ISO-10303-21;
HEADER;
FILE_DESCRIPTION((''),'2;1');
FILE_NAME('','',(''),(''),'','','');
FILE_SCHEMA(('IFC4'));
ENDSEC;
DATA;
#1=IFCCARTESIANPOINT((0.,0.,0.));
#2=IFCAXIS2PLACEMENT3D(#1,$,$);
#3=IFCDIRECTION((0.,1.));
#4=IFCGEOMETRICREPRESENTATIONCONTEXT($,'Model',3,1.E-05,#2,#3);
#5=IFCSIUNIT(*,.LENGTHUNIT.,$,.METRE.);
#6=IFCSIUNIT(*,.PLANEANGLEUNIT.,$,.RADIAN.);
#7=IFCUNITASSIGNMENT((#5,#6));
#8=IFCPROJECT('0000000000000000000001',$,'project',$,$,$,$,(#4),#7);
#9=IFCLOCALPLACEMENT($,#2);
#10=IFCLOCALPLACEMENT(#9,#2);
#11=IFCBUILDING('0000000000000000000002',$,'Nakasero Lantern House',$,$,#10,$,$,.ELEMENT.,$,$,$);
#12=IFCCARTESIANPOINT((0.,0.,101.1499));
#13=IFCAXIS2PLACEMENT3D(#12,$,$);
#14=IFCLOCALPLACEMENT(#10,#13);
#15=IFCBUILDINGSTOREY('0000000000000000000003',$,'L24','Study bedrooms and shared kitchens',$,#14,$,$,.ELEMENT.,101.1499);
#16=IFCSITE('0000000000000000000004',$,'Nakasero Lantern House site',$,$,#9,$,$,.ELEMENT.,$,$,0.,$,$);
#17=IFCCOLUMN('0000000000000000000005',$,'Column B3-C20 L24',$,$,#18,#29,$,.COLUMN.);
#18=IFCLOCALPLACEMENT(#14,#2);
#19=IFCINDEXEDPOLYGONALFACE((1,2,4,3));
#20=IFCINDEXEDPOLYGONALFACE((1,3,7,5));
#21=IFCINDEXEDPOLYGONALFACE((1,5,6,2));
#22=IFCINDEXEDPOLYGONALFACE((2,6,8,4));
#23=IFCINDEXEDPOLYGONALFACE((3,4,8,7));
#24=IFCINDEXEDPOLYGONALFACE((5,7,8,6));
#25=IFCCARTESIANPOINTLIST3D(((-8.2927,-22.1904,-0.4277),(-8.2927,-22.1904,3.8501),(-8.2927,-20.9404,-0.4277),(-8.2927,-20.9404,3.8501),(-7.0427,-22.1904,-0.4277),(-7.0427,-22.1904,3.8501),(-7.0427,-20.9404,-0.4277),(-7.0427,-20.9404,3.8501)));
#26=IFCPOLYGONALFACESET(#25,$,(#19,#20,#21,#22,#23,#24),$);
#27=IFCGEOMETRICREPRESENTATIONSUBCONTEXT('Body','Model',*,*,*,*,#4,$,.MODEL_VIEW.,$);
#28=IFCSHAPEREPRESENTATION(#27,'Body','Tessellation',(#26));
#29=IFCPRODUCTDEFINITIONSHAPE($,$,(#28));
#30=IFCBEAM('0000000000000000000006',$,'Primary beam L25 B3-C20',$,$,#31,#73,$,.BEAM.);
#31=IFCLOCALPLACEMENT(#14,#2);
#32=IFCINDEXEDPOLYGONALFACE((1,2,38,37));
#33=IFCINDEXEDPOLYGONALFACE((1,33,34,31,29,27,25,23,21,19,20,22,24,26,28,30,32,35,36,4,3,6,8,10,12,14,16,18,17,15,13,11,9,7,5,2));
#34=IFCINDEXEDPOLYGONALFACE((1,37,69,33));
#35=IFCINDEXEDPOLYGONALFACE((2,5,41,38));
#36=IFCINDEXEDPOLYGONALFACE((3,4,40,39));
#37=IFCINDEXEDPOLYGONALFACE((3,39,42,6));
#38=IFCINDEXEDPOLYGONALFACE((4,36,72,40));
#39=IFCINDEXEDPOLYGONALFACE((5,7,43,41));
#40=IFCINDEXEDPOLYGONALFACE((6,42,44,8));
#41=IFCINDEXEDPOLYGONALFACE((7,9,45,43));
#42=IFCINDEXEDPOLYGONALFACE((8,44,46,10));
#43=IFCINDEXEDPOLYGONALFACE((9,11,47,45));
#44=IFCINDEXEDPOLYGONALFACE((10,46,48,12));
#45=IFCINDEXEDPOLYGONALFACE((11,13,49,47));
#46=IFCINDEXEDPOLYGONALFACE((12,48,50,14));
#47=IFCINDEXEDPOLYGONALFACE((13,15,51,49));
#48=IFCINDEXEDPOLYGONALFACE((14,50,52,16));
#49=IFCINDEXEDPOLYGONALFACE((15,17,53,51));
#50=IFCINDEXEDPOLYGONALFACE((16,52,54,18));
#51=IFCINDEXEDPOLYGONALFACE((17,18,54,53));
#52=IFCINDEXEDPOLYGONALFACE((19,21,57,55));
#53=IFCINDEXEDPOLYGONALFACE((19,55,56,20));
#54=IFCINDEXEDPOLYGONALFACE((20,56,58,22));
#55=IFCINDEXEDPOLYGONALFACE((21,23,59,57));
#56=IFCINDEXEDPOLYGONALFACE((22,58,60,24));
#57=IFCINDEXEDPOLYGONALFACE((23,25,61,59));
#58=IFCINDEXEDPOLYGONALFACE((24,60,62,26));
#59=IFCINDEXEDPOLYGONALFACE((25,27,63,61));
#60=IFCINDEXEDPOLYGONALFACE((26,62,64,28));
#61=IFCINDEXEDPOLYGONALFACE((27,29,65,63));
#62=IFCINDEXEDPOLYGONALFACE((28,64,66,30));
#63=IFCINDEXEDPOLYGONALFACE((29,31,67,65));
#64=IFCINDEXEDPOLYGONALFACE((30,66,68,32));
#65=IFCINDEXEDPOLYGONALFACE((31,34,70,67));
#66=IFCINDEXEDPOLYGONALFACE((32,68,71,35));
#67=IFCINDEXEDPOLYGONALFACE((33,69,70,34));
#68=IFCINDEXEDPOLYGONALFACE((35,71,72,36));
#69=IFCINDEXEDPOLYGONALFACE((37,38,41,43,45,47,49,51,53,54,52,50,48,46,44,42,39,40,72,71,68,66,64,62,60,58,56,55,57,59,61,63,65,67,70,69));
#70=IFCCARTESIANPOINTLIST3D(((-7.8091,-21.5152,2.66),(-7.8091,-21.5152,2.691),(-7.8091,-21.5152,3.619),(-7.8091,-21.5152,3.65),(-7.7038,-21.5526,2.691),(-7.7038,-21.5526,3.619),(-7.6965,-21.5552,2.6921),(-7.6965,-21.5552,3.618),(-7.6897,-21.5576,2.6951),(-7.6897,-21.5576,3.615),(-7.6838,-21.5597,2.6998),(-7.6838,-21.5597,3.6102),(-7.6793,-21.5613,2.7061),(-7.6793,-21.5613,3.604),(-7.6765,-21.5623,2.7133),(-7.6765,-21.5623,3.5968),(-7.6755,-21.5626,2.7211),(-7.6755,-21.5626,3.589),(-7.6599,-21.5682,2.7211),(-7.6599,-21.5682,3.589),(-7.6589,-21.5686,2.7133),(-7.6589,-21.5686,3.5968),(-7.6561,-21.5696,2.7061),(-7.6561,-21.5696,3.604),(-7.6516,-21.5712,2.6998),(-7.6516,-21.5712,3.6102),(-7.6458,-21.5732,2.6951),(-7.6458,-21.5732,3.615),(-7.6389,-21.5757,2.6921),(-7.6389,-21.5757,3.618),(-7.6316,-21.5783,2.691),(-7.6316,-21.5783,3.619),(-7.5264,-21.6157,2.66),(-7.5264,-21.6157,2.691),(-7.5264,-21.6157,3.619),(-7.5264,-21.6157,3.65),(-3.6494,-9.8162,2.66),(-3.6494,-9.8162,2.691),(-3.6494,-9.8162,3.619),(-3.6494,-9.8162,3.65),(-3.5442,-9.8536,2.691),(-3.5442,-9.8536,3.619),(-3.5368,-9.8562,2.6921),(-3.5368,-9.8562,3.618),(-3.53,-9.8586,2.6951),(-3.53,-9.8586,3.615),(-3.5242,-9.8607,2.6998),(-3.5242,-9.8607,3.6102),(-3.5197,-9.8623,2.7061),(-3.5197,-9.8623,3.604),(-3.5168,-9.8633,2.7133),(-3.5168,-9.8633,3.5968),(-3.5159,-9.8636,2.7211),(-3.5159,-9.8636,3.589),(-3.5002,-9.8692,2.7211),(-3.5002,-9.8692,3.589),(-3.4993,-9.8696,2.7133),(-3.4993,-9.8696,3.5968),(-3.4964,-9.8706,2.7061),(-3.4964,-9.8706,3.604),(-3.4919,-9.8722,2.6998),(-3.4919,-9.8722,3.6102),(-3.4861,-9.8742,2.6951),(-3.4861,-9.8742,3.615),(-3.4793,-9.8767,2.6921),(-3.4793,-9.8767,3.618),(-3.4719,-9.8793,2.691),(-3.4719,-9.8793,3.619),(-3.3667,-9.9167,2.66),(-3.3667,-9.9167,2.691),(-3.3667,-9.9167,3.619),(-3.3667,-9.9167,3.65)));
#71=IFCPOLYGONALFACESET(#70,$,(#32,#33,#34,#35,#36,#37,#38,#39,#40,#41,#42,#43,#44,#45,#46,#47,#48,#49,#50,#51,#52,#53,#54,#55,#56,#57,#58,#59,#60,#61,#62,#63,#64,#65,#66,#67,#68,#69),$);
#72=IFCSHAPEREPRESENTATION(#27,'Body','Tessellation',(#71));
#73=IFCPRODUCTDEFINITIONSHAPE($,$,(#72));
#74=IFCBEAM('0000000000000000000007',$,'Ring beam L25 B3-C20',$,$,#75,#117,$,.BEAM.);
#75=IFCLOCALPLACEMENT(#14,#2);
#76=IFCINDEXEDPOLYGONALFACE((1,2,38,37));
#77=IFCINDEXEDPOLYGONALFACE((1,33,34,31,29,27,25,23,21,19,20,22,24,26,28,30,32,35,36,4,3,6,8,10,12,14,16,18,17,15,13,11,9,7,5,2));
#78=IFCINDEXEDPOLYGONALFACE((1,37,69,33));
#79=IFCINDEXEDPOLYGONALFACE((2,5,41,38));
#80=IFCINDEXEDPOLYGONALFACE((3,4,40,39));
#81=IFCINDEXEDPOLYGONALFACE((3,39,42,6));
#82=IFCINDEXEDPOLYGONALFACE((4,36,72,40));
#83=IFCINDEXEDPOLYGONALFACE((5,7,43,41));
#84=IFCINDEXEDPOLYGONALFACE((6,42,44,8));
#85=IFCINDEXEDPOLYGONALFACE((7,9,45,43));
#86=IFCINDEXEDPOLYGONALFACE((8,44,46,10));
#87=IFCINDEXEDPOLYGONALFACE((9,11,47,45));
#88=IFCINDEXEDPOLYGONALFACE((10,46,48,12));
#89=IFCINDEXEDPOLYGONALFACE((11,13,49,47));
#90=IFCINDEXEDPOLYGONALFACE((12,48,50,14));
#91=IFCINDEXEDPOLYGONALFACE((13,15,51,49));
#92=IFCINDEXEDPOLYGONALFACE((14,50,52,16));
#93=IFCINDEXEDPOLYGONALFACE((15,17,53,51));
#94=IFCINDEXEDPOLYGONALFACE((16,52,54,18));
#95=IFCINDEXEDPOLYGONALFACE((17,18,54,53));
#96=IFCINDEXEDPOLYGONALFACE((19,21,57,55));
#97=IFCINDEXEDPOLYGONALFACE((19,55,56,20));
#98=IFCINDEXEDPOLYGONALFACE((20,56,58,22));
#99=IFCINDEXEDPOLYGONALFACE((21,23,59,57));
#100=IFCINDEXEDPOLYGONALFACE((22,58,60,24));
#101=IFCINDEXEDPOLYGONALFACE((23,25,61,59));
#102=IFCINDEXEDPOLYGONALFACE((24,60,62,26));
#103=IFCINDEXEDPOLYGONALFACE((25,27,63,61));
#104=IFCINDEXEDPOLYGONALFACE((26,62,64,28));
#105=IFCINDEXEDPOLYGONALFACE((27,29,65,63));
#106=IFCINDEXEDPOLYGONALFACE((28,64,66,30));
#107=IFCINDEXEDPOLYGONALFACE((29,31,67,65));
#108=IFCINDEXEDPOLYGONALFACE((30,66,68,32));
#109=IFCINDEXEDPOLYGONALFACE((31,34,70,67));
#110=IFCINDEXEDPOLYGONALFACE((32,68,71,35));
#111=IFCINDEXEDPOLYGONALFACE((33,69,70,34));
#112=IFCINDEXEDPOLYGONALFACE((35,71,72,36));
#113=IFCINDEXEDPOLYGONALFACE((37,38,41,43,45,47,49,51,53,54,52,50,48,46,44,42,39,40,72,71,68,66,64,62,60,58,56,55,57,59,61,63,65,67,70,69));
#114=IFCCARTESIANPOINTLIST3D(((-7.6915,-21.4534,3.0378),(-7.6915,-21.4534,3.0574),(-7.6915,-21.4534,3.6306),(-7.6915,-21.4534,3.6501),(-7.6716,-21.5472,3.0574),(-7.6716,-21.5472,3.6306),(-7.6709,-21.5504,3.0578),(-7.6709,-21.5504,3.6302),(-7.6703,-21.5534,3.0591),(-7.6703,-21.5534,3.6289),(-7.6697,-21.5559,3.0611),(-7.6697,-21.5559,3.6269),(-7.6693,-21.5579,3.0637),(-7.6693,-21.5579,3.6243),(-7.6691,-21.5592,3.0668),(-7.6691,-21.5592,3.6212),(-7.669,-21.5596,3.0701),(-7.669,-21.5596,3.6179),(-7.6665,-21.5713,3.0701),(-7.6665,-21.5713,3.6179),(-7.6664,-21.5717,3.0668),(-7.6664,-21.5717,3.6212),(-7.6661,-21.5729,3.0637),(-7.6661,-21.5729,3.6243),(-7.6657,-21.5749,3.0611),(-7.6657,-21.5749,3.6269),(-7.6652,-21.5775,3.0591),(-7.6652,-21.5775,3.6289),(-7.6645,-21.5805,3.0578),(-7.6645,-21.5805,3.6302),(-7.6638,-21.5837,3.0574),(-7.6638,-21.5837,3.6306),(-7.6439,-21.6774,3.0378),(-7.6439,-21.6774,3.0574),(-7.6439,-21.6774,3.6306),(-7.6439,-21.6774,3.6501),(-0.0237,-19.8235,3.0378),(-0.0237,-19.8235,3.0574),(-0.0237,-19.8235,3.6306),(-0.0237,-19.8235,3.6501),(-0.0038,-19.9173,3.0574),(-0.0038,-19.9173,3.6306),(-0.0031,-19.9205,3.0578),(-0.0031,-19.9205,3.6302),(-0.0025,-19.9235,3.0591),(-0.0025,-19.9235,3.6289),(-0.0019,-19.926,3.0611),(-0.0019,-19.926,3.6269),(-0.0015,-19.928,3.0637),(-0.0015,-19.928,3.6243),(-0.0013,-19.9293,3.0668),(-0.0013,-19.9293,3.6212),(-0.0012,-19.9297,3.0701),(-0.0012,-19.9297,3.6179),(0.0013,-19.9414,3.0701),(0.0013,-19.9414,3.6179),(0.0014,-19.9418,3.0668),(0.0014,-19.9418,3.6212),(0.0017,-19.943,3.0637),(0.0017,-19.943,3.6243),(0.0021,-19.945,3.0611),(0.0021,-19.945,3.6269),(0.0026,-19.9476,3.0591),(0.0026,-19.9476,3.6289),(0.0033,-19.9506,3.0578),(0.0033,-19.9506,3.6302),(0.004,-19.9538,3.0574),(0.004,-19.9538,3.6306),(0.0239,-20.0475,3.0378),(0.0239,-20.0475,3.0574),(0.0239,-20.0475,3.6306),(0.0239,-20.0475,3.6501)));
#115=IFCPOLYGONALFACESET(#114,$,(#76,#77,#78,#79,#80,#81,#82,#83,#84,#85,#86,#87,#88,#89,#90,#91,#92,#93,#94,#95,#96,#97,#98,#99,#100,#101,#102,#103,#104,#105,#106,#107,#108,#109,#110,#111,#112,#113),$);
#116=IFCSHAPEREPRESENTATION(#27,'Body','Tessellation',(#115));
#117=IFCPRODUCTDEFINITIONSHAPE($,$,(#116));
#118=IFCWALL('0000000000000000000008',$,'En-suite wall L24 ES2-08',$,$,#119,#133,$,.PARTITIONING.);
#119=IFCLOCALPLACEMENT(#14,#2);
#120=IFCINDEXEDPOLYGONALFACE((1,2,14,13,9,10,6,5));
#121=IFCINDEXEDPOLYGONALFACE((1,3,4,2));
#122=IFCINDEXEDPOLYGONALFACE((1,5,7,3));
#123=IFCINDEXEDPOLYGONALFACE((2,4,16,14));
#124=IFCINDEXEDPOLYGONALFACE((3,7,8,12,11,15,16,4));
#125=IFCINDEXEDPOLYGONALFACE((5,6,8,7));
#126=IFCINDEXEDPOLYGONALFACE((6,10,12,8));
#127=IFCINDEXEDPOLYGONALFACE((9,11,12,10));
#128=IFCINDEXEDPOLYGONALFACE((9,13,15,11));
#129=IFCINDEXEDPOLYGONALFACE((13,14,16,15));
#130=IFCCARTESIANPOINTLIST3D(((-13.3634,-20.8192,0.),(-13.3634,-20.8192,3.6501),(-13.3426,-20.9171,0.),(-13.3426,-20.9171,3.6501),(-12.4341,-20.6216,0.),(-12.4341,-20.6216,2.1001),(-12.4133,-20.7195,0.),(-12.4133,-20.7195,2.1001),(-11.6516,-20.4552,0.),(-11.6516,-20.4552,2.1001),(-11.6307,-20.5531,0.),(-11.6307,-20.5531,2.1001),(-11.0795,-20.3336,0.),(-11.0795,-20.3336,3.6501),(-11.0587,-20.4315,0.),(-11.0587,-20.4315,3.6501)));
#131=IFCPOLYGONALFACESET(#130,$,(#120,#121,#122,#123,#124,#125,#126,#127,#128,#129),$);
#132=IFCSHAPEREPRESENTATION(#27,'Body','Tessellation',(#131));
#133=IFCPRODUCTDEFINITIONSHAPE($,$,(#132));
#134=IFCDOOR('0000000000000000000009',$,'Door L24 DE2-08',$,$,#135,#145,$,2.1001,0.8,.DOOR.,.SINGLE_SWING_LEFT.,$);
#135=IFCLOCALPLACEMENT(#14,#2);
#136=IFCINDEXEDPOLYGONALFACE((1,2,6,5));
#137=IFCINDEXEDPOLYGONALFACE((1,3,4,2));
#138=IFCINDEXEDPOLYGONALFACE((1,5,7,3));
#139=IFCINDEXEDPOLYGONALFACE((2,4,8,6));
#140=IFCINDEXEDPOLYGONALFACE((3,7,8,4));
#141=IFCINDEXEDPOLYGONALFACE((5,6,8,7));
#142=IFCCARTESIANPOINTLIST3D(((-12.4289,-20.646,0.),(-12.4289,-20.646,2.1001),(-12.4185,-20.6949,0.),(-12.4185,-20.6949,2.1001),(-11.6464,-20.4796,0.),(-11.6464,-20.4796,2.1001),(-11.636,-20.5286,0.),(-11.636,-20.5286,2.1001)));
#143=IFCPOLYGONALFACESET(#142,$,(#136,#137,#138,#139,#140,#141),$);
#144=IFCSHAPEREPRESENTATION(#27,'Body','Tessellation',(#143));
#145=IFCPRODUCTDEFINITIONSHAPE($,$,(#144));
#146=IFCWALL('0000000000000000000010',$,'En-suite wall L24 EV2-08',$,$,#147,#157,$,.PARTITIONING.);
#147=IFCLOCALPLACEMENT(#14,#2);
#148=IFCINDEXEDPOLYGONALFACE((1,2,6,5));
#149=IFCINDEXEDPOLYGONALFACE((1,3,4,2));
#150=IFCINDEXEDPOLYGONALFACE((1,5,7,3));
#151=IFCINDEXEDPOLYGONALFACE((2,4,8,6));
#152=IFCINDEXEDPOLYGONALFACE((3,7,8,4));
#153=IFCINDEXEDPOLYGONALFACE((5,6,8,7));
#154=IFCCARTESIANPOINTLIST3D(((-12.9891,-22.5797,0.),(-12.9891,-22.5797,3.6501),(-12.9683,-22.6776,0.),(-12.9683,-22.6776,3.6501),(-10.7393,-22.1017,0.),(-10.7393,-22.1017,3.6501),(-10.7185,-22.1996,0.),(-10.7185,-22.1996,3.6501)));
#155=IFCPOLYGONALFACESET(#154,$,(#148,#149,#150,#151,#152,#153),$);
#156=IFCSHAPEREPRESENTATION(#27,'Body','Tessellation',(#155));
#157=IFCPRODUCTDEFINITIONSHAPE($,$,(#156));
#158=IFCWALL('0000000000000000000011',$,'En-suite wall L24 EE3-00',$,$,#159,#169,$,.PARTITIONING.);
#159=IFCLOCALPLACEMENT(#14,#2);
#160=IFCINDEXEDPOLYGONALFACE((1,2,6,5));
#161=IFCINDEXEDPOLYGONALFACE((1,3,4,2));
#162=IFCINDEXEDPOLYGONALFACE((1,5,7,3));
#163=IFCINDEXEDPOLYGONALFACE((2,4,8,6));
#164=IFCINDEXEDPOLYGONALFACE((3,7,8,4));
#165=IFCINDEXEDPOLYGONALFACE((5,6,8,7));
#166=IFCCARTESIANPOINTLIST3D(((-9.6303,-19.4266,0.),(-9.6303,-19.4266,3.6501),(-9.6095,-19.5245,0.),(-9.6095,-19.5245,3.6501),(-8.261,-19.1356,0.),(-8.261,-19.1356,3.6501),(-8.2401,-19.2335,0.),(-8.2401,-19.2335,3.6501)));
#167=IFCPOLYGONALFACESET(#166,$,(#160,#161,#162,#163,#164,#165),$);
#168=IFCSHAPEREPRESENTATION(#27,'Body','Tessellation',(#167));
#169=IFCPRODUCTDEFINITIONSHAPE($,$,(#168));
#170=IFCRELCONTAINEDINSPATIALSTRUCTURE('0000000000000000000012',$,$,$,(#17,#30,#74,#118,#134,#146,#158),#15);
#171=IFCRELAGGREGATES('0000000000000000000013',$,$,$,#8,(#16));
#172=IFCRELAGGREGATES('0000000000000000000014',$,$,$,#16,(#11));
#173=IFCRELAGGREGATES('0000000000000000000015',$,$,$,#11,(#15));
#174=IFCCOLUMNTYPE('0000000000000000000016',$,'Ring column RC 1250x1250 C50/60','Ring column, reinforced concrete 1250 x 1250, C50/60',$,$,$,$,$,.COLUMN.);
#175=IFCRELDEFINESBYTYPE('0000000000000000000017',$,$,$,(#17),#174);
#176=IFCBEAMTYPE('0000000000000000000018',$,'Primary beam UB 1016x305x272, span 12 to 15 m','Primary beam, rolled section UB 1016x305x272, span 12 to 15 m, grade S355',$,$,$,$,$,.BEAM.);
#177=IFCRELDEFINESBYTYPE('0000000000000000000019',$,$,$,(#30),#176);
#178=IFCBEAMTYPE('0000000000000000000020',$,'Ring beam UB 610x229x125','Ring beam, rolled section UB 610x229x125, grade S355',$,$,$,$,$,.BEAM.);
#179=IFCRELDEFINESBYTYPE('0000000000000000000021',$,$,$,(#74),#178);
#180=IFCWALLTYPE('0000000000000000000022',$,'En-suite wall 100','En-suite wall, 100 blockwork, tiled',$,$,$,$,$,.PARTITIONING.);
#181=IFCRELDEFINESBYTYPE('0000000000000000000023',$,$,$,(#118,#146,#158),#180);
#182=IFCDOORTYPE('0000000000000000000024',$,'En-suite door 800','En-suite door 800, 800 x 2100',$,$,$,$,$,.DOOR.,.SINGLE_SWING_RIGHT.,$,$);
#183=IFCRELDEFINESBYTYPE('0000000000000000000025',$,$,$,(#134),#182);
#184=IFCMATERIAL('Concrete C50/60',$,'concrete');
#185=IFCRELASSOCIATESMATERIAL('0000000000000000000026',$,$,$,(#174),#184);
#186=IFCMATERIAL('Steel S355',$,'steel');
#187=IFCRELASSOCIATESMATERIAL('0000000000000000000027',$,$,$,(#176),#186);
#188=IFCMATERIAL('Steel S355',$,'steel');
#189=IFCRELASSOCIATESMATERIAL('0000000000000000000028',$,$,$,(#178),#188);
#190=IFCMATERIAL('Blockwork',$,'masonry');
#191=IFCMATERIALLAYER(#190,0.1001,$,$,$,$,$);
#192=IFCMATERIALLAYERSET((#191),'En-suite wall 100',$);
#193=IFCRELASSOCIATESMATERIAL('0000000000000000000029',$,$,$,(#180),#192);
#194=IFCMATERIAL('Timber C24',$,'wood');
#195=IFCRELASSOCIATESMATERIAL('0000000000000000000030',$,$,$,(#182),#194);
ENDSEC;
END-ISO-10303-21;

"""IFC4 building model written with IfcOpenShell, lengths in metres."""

from ifc_helpers import new_model, si_unit, direction, frame, frame_2d, origin, origin_2d, place, context, subcontext, project, spatial, rectangle, i_section, extrude, material, layer, layer_set, material_profile, profile_set, type_object, element, fill, save


model = new_model("IFC4")

# Units and contexts
model_context = context("Model", 3, precision=1e-05, world=origin(), true_north=direction((0.0, 1.0)))
body_context = subcontext(model_context, "Body", "Model", "MODEL_VIEW")
ifc_project = project(units=[si_unit("LENGTHUNIT", "METRE"), si_unit("PLANEANGLEUNIT", "RADIAN")], contexts=[model_context])

# Site, building, storey
site_placement = place(None, origin())
site = spatial("IfcSite", under=ifc_project, at=site_placement, Name="Nakasero Lantern House site", CompositionType="ELEMENT", RefElevation=0.0)
building_placement = place(site_placement, origin())
building = spatial("IfcBuilding", under=site, at=building_placement, Name="Nakasero Lantern House", CompositionType="ELEMENT")
storey_placement = place(building_placement, frame((0.0, 0.0, 101.1499)))
storey = spatial("IfcBuildingStorey", under=building, at=storey_placement, Name="L24", Description="Study bedrooms and shared kitchens", CompositionType="ELEMENT", Elevation=101.1499)

# Column
ifc_material_1 = material(Name="Concrete C50/60", Category="concrete")
ifc_material_profile_1 = material_profile(ifc_material_1, rectangle(XDim=1.25, YDim=1.25, at=origin_2d()), Name="RC 1250x1250")
ifc_profile_set_1 = profile_set([ifc_material_profile_1], Name="Concrete C50/60")
column_type = type_object("IfcColumnType", Name="Ring column RC 1250x1250 C50/60", Description="Ring column, reinforced concrete 1250 x 1250, C50/60", PredefinedType="COLUMN", material=ifc_profile_set_1)
column_placement = place(storey_placement, frame((-7.6677, -21.5654, -0.4277), z_axis=(0.0, 0.0, 1.0), x_axis=(1.0, 0.0, 0.0)))
element("IfcColumn", 1, at=column_placement, inside=storey, type_object=column_type, Name="Column B3-C20 L24", PredefinedType="COLUMN", context=body_context, shape_type="SweptSolid", body=[
    extrude(rectangle(XDim=1.25, YDim=1.25, at=origin_2d()), origin(), (0.0, 0.0, 1.0), 4.2778),
])

# Beams
ifc_material_2 = material(Name="Steel S355", Category="steel")
ifc_material_profile_2 = material_profile(ifc_material_2, i_section(OverallWidth=0.3, OverallDepth=0.99, WebThickness=0.0166, FlangeThickness=0.031, FilletRadius=0.03, at=origin_2d()), Name="UB 1016x305x272")
ifc_profile_set_2 = profile_set([ifc_material_profile_2], Name="Steel S355")
beam_type_1 = type_object("IfcBeamType", Name="Primary beam UB 1016x305x272, span 12 to 15 m", Description="Primary beam, rolled section UB 1016x305x272, span 12 to 15 m, grade S355", PredefinedType="BEAM", material=ifc_profile_set_2)
beam_1_placement = place(storey_placement, frame((-7.6677, -21.5654, 3.155), z_axis=(0.335012, 0.942214, 0.0), x_axis=(-0.942214, 0.335012, 0.0)))
element("IfcBeam", 2, at=beam_1_placement, inside=storey, type_object=beam_type_1, Name="Primary beam L25 B3-C20", PredefinedType="BEAM", context=body_context, shape_type="SweptSolid", body=[
    extrude(i_section(OverallWidth=0.3, OverallDepth=0.99, WebThickness=0.0166, FlangeThickness=0.031, FilletRadius=0.03, at=origin_2d()), origin(), (0.0, 0.0, 1.0), 12.4165),
])
ifc_material_3 = material(Name="Steel S355", Category="steel")
ifc_material_profile_3 = material_profile(ifc_material_3, i_section(OverallWidth=0.229, OverallDepth=0.6123, WebThickness=0.012, FlangeThickness=0.0195, FilletRadius=0.0127, at=origin_2d()), Name="UB 610x229x125")
ifc_profile_set_3 = profile_set([ifc_material_profile_3], Name="Steel S355")
beam_type_2 = type_object("IfcBeamType", Name="Ring beam UB 610x229x125", Description="Ring beam, rolled section UB 610x229x125, grade S355", PredefinedType="BEAM", material=ifc_profile_set_3)
beam_2_placement = place(storey_placement, frame((-7.6677, -21.5654, 3.344), z_axis=(0.978146, 0.207919, 0.0), x_axis=(-0.207919, 0.978146, 0.0)))
element("IfcBeam", 3, at=beam_2_placement, inside=storey, type_object=beam_type_2, Name="Ring beam L25 B3-C20", PredefinedType="BEAM", context=body_context, shape_type="SweptSolid", body=[
    extrude(i_section(OverallWidth=0.229, OverallDepth=0.6123, WebThickness=0.012, FlangeThickness=0.0195, FilletRadius=0.0127, at=origin_2d()), origin(), (0.0, 0.0, 1.0), 7.8391),
])

# Wall, opening, door
ifc_material_4 = material(Name="Blockwork", Category="masonry")
ifc_layer_1 = layer(ifc_material_4, 0.1001)
ifc_layer_set_1 = layer_set([ifc_layer_1], Name="En-suite wall 100")
wall_type_1 = type_object("IfcWallType", Name="En-suite wall 100", Description="En-suite wall, 100 blockwork, tiled", PredefinedType="PARTITIONING", material=ifc_layer_set_1)
wall_1_placement = place(storey_placement, frame((-11.0691, -20.3826, 0.0), z_axis=(0.0, 0.0, 1.0), x_axis=(-0.978136, -0.207965, 0.0)))
wall_1 = element("IfcWall", 4, at=wall_1_placement, inside=storey, type_object=wall_type_1, Name="En-suite wall L24 ES2-08", PredefinedType="PARTITIONING", context=body_context, shape_type="SweptSolid", body=[
    extrude(rectangle(XDim=2.335, YDim=0.1001, at=frame_2d((1.1675, 0.0))), origin(), (0.0, 0.0, 1.0), 3.6501),
])
opening_1_placement = place(wall_1_placement, frame((0.585, 0.0, 0.0)))
opening_1 = element("IfcOpeningElement", 5, at=opening_1_placement, cuts=wall_1, PredefinedType="OPENING", context=body_context, shape_type="SweptSolid", body=[
    extrude(rectangle(XDim=0.8, YDim=2.1001, at=frame_2d((0.3999, 1.05))), frame((0.0, 0.0701, 0.0), z_axis=(0.0, -1.0, 0.0), x_axis=(1.0, 0.0, 0.0)), (0.0, 0.0, 1.0), 0.1401),
])
ifc_material_5 = material(Name="Timber C24", Category="wood")
door_type_1 = type_object("IfcDoorType", Name="En-suite door 800", Description="En-suite door 800, 800 x 2100", OperationType="SINGLE_SWING_RIGHT", PredefinedType="DOOR", material=ifc_material_5)
door_1_placement = place(opening_1_placement, origin())
door_1 = element("IfcDoor", 6, at=door_1_placement, inside=storey, type_object=door_type_1, Name="Door L24 DE2-08", OperationType="SINGLE_SWING_LEFT", OverallHeight=2.1001, OverallWidth=0.8, PredefinedType="DOOR", context=body_context, shape_type="SweptSolid", body=[
    extrude(rectangle(XDim=0.8, YDim=2.1001, at=frame_2d((0.3999, 1.05))), frame((0.0, 0.0249, 0.0), z_axis=(0.0, -1.0, 0.0), x_axis=(1.0, 0.0, 0.0)), (0.0, 0.0, 1.0), 0.05),
])
fill(opening_1, door_1)

# Walls
wall_2_placement = place(storey_placement, frame((-10.729, -22.1506, 0.0), z_axis=(0.0, 0.0, 1.0), x_axis=(-0.978163, -0.20784, 0.0)))
element("IfcWall", 7, at=wall_2_placement, inside=storey, type_object=wall_type_1, Name="En-suite wall L24 EV2-08", PredefinedType="PARTITIONING", context=body_context, shape_type="SweptSolid", body=[
    extrude(rectangle(XDim=2.3, YDim=0.1001, at=frame_2d((1.1499, 0.0))), origin(), (0.0, 0.0, 1.0), 3.6501),
])
wall_3_placement = place(storey_placement, frame((-9.6199, -19.4756, 0.0), z_axis=(0.0, 0.0, 1.0), x_axis=(0.978156, 0.207873, 0.0)))
element("IfcWall", 8, at=wall_3_placement, inside=storey, type_object=wall_type_1, Name="En-suite wall L24 EE3-00", PredefinedType="PARTITIONING", context=body_context, shape_type="SweptSolid", body=[
    extrude(rectangle(XDim=1.3999, YDim=0.1001, at=frame_2d((0.7, 0.0))), origin(), (0.0, 0.0, 1.0), 3.6501),
])

save(model, "model.ifc")
